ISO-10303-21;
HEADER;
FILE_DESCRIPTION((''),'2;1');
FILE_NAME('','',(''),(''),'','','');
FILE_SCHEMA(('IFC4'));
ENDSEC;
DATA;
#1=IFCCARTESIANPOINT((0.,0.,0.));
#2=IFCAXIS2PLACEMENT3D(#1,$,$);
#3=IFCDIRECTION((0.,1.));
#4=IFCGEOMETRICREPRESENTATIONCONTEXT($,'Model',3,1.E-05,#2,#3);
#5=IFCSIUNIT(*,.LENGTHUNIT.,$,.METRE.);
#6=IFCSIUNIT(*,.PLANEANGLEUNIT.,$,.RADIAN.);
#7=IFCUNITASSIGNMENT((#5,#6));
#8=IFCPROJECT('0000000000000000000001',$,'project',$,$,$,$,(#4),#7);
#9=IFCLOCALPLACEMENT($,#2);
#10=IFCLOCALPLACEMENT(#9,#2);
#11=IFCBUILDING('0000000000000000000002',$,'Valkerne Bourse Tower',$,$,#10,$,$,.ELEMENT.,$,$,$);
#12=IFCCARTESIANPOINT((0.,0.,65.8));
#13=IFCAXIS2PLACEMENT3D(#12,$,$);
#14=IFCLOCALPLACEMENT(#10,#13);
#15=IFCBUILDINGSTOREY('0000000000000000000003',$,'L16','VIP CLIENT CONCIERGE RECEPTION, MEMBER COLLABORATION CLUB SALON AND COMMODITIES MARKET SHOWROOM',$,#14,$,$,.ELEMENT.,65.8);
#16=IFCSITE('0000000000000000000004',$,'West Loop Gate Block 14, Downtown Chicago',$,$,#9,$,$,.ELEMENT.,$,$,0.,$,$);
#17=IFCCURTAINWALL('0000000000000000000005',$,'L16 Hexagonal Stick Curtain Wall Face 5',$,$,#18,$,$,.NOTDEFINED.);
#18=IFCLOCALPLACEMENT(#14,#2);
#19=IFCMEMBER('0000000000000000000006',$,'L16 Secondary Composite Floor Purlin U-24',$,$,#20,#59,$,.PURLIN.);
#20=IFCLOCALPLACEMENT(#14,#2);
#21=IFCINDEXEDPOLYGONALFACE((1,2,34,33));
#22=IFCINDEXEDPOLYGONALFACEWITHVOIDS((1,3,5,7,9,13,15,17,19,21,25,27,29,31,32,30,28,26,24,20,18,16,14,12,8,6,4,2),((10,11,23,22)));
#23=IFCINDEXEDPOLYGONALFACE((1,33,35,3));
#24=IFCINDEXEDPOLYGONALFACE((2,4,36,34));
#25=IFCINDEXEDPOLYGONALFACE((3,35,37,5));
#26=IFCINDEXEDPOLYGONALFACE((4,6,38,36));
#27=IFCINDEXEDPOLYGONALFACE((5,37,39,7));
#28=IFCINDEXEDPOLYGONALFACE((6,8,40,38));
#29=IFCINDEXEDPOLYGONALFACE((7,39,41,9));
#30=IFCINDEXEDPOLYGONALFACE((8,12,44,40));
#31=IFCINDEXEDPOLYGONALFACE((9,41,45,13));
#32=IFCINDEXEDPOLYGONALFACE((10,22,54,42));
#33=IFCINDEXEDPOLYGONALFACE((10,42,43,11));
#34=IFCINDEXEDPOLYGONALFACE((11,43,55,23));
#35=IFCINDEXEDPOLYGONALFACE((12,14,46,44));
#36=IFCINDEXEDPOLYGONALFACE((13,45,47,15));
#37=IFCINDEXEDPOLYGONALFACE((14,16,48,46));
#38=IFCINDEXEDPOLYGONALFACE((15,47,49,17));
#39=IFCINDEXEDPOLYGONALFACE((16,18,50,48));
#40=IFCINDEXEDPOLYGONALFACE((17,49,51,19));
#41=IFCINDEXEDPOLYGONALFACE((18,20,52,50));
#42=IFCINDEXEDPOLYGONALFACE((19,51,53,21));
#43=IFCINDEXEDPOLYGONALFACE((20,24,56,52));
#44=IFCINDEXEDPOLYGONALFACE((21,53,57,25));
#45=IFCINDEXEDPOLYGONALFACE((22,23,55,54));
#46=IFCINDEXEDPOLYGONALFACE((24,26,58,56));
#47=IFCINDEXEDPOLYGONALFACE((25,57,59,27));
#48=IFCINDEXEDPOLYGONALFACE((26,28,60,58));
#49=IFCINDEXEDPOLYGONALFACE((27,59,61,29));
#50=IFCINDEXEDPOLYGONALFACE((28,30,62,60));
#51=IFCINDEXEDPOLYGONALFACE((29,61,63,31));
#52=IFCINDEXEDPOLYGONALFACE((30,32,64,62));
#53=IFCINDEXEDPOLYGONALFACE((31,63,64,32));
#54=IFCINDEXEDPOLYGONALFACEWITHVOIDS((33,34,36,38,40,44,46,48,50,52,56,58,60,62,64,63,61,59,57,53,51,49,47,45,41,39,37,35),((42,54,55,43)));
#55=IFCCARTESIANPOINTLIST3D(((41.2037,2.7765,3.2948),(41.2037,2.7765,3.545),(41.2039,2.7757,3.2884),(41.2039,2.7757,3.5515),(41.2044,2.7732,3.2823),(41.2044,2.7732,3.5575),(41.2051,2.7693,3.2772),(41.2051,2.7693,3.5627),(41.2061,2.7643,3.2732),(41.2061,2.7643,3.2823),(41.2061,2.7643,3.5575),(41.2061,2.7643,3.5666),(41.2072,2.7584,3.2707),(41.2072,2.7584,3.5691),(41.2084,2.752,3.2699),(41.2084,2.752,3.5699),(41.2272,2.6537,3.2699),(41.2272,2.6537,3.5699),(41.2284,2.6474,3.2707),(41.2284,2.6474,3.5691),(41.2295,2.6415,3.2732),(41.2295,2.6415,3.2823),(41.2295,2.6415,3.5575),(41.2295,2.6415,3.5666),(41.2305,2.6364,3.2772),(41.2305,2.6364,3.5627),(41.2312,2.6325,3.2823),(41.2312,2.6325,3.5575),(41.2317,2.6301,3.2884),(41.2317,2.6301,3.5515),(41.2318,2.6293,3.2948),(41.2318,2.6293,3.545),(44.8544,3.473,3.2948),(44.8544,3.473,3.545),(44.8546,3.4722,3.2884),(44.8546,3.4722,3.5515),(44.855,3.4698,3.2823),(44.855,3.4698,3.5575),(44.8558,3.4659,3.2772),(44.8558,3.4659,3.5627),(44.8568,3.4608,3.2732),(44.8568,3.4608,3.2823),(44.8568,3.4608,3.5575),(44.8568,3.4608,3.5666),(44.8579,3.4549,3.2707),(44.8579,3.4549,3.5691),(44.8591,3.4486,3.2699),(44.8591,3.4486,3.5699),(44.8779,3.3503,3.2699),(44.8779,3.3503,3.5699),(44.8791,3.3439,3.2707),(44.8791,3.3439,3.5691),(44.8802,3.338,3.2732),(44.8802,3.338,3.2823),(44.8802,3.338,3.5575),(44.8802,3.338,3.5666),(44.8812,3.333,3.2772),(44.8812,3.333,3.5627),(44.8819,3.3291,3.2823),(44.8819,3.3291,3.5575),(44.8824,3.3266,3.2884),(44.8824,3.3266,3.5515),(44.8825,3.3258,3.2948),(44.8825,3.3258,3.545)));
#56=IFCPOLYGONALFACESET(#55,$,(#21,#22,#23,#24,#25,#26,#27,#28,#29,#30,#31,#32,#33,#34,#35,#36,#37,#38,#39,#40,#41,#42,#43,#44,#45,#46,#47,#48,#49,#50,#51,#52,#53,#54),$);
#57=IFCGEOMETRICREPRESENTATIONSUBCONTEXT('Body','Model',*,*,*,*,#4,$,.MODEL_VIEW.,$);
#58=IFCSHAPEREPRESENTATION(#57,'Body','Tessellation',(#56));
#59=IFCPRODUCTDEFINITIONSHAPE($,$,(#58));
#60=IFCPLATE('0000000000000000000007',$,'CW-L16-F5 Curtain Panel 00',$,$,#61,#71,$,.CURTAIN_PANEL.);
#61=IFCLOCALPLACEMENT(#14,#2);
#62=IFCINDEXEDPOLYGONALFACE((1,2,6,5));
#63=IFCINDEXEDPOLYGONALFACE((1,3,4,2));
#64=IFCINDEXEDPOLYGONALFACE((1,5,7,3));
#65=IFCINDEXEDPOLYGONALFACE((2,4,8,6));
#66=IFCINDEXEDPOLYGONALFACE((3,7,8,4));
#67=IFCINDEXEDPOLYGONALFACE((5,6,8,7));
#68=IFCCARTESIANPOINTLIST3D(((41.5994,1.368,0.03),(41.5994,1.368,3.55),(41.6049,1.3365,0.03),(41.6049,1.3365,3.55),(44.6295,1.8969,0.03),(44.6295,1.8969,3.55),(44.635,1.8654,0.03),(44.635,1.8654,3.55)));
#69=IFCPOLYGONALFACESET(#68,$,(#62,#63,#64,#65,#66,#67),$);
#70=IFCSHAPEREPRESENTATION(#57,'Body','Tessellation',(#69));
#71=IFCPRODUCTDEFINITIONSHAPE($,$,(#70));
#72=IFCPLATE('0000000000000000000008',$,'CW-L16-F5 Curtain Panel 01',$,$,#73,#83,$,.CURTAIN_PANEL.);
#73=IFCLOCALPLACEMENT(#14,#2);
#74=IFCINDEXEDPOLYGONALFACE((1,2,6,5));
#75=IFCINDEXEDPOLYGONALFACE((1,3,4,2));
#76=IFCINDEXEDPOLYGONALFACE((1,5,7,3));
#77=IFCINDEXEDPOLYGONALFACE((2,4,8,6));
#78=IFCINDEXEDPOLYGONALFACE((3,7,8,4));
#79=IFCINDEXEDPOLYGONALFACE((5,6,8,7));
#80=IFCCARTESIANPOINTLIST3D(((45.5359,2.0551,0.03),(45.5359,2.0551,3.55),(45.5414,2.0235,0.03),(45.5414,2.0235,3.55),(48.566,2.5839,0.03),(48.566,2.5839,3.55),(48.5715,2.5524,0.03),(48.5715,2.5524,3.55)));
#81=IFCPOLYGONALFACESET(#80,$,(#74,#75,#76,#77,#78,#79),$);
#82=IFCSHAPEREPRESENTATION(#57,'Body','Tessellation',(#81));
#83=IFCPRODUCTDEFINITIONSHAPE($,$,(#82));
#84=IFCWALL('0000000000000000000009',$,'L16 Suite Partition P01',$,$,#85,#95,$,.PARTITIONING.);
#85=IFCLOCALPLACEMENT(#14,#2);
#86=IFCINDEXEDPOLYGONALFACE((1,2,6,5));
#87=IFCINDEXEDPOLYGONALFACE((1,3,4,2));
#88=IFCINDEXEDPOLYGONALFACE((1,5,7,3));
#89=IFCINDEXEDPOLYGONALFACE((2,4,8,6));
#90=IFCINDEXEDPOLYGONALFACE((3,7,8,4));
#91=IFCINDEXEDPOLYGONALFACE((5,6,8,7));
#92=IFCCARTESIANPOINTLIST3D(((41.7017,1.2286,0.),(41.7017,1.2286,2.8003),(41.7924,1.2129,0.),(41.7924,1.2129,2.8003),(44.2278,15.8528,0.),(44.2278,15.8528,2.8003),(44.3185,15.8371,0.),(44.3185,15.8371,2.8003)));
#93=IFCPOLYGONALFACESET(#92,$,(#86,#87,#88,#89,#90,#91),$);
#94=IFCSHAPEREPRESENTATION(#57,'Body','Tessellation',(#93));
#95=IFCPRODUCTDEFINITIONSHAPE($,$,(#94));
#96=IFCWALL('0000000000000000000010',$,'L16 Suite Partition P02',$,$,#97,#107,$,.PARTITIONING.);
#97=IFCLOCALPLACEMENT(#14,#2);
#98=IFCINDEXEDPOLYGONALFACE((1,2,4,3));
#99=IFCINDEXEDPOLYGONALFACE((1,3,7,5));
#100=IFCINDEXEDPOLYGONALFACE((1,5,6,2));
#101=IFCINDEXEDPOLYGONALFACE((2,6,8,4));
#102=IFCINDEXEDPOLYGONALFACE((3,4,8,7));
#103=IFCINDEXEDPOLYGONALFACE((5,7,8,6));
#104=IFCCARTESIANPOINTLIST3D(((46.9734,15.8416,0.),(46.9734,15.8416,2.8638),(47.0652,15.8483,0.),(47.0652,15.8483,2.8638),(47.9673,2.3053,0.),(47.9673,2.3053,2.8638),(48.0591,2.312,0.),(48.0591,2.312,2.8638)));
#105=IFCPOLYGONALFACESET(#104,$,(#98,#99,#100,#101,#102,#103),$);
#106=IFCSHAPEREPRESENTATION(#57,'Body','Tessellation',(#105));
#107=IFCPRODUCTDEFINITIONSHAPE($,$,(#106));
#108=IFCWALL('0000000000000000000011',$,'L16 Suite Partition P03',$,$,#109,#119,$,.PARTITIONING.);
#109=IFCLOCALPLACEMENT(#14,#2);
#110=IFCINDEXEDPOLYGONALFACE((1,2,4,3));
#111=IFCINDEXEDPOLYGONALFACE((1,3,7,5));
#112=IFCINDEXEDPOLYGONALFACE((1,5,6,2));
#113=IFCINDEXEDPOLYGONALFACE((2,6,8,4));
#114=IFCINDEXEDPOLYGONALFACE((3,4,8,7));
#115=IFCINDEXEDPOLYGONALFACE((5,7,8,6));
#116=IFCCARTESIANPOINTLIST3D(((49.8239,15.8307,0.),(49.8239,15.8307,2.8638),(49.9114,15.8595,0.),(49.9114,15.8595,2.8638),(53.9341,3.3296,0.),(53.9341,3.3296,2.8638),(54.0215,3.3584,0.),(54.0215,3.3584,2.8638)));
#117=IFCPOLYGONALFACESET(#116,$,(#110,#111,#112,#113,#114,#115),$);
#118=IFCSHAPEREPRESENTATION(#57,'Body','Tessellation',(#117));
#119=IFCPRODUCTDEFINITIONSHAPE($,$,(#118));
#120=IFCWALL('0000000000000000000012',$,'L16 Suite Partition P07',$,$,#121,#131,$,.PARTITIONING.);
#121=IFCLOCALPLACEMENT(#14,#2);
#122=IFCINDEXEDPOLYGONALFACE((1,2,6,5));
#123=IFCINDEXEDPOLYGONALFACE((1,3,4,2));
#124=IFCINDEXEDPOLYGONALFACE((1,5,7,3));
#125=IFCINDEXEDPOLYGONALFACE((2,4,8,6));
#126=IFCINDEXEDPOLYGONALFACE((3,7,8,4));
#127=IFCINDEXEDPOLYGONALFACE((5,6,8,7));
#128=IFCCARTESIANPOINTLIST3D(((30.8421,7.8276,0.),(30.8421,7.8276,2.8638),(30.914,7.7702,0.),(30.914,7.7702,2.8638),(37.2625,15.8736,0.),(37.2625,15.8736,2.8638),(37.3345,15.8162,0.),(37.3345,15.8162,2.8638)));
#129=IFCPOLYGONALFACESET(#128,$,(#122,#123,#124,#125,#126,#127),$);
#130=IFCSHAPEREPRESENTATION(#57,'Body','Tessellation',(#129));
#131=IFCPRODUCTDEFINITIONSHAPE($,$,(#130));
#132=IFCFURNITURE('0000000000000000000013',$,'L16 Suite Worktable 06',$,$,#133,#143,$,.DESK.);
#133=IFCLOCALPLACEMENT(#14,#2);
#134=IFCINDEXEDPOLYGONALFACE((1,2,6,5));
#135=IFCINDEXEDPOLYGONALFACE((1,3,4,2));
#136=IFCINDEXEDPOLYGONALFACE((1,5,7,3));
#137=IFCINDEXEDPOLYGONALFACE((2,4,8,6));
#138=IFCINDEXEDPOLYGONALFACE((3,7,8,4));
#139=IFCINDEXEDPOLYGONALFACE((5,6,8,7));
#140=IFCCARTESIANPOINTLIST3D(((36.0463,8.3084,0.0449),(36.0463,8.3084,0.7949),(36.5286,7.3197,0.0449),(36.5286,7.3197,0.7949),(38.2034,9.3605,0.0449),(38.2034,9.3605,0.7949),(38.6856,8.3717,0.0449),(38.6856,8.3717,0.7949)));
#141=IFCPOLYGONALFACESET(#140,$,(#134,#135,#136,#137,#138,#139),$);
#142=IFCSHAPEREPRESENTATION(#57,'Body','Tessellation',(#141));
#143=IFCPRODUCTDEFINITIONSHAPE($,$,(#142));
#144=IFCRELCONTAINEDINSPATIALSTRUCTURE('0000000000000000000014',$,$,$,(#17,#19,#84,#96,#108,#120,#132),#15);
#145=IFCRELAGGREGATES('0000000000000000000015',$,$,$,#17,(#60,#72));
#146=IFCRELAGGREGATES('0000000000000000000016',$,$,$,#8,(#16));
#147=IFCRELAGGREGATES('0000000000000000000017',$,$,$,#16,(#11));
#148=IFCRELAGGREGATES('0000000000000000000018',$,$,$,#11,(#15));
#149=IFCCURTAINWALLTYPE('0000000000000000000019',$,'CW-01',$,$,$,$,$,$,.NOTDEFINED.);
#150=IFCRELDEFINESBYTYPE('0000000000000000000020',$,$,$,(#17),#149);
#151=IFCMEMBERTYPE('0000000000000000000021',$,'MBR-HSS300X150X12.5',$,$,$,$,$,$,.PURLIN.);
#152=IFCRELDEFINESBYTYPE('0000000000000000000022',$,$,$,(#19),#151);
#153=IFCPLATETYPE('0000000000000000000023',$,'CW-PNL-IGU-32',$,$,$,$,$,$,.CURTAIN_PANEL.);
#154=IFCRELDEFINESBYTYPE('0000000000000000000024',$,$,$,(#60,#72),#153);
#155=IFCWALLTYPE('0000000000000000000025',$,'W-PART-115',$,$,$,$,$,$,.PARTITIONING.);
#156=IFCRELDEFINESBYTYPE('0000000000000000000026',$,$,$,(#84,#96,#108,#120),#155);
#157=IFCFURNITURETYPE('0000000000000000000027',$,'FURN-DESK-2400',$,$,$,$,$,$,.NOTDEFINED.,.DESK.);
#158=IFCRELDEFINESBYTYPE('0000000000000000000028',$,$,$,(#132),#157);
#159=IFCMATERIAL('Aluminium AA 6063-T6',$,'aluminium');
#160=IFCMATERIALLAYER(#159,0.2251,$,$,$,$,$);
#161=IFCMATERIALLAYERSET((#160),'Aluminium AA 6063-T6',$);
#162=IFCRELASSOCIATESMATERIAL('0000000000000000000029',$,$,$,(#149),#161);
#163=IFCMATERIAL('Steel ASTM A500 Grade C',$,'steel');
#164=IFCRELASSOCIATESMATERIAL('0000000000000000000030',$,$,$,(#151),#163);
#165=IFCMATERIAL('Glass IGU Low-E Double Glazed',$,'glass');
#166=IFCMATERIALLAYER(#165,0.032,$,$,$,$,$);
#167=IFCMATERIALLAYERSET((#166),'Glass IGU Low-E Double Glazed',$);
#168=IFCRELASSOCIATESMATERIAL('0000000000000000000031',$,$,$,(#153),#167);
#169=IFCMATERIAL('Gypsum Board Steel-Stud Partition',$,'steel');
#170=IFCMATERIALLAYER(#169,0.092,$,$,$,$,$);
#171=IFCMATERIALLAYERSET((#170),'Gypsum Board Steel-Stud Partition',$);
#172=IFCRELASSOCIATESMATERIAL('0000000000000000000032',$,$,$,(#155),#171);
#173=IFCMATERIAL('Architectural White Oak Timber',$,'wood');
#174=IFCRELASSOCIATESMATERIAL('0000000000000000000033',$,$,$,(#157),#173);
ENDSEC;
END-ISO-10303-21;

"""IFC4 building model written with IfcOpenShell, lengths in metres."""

from ifc_helpers import new_model, si_unit, direction, frame, frame_2d, origin, origin_2d, place, context, subcontext, project, spatial, rectangle, hollow_rectangle, extrude, material, layer, layer_set, material_profile, profile_set, type_object, element, aggregate, save


model = new_model("IFC4")

# Units and contexts
model_context = context("Model", 3, precision=1e-05, world=origin(), true_north=direction((0.0, 1.0)))
body_context = subcontext(model_context, "Body", "Model", "MODEL_VIEW")
ifc_project = project(units=[si_unit("LENGTHUNIT", "METRE"), si_unit("PLANEANGLEUNIT", "RADIAN")], contexts=[model_context])

# Site, building, storey
site_placement = place(None, origin())
site = spatial("IfcSite", under=ifc_project, at=site_placement, Name="West Loop Gate Block 14, Downtown Chicago", CompositionType="ELEMENT", RefElevation=0.0)
building_placement = place(site_placement, origin())
building = spatial("IfcBuilding", under=site, at=building_placement, Name="Valkerne Bourse Tower", CompositionType="ELEMENT")
storey_placement = place(building_placement, frame((0.0, 0.0, 65.8)))
storey = spatial("IfcBuildingStorey", under=building, at=storey_placement, Name="L16", Description="VIP CLIENT CONCIERGE RECEPTION, MEMBER COLLABORATION CLUB SALON AND COMMODITIES MARKET SHOWROOM", CompositionType="ELEMENT", Elevation=65.8)

# Curtain wall
ifc_material_1 = material(Name="Aluminium AA 6063-T6", Category="aluminium")
ifc_layer_1 = layer(ifc_material_1, 0.2251)
ifc_layer_set_1 = layer_set([ifc_layer_1], Name="Aluminium AA 6063-T6")
curtain_wall_type = type_object("IfcCurtainWallType", Name="CW-01", PredefinedType="NOTDEFINED", material=ifc_layer_set_1)
curtain_wall_placement = place(storey_placement, origin())
curtain_wall = element("IfcCurtainWall", 1, at=curtain_wall_placement, inside=storey, type_object=curtain_wall_type, Name="L16 Hexagonal Stick Curtain Wall Face 5", PredefinedType="NOTDEFINED")

# Member
ifc_material_2 = material(Name="Steel ASTM A500 Grade C", Category="steel")
ifc_material_profile_1 = material_profile(ifc_material_2, hollow_rectangle(XDim=0.1499, YDim=0.3, WallThickness=0.0125, OuterFilletRadius=0.0249, at=origin_2d()), Name="HSS300X150X12.5")
ifc_profile_set_1 = profile_set([ifc_material_profile_1], Name="Steel ASTM A500 Grade C")
member_type_1 = type_object("IfcMemberType", Name="MBR-HSS300X150X12.5", PredefinedType="PURLIN", material=ifc_profile_set_1)
member_1_placement = place(storey_placement, frame((41.2178, 2.7029, 3.4199), z_axis=(0.98228, 0.187417, 0.0), x_axis=(-0.187417, 0.98228, 0.0)))
element("IfcMember", 2, at=member_1_placement, inside=storey, type_object=member_type_1, Name="L16 Secondary Composite Floor Purlin U-24", PredefinedType="PURLIN", context=body_context, shape_type="SweptSolid", body=[
    extrude(hollow_rectangle(XDim=0.1499, YDim=0.3, WallThickness=0.0125, OuterFilletRadius=0.0249, at=origin_2d()), origin(), (0.0, 0.0, 1.0), 3.7166),
])

# Plates
ifc_material_3 = material(Name="Glass IGU Low-E Double Glazed", Category="glass")
ifc_layer_2 = layer(ifc_material_3, 0.032)
ifc_layer_set_2 = layer_set([ifc_layer_2], Name="Glass IGU Low-E Double Glazed")
plate_type = type_object("IfcPlateType", Name="CW-PNL-IGU-32", PredefinedType="CURTAIN_PANEL", material=ifc_layer_set_2)
plate_1_placement = place(storey_placement, frame((43.1172, 1.6167, 0.03), z_axis=(0.0, 0.0, 1.0), x_axis=(0.985111, 0.171922, 0.0)))
plate_1 = element("IfcPlate", 3, at=plate_1_placement, type_object=plate_type, Name="CW-L16-F5 Curtain Panel 00", PredefinedType="CURTAIN_PANEL", context=body_context, shape_type="SweptSolid", body=[
    extrude(rectangle(XDim=3.0759, YDim=0.032, at=origin_2d()), origin(), (0.0, 0.0, 1.0), 3.52),
])
plate_2_placement = place(storey_placement, frame((47.0537, 2.3037, 0.03), z_axis=(0.0, 0.0, 1.0), x_axis=(0.985111, 0.171922, 0.0)))
plate_2 = element("IfcPlate", 4, at=plate_2_placement, type_object=plate_type, Name="CW-L16-F5 Curtain Panel 01", PredefinedType="CURTAIN_PANEL", context=body_context, shape_type="SweptSolid", body=[
    extrude(rectangle(XDim=3.0759, YDim=0.032, at=origin_2d()), origin(), (0.0, 0.0, 1.0), 3.52),
])
aggregate(curtain_wall, [plate_1, plate_2])

# Walls
ifc_material_4 = material(Name="Gypsum Board Steel-Stud Partition", Category="steel")
ifc_layer_3 = layer(ifc_material_4, 0.092)
ifc_layer_set_3 = layer_set([ifc_layer_3], Name="Gypsum Board Steel-Stud Partition")
wall_type = type_object("IfcWallType", Name="W-PART-115", PredefinedType="PARTITIONING", material=ifc_layer_set_3)
wall_1_placement = place(storey_placement, frame((44.2732, 15.845, 0.0), z_axis=(0.0, 0.0, 1.0), x_axis=(-0.170214, -0.985407, 0.0)))
element("IfcWall", 5, at=wall_1_placement, inside=storey, type_object=wall_type, Name="L16 Suite Partition P01", PredefinedType="PARTITIONING", context=body_context, shape_type="SweptSolid", body=[
    extrude(rectangle(XDim=14.8408, YDim=0.092, at=frame_2d((7.4204, 0.0))), origin(), (0.0, 0.0, 1.0), 2.8003),
])
wall_2_placement = place(storey_placement, frame((47.0193, 15.845, 0.0), z_axis=(0.0, 0.0, 1.0), x_axis=(0.073227, -0.997315, 0.0)))
element("IfcWall", 6, at=wall_2_placement, inside=storey, type_object=wall_type, Name="L16 Suite Partition P02", PredefinedType="PARTITIONING", context=body_context, shape_type="SweptSolid", body=[
    extrude(rectangle(XDim=13.5728, YDim=0.092, at=frame_2d((6.7864, 0.0))), origin(), (0.0, 0.0, 1.0), 2.8638),
])
wall_3_placement = place(storey_placement, frame((49.8677, 15.845, 0.0), z_axis=(0.0, 0.0, 1.0), x_axis=(0.312335, -0.949972, 0.0)))
element("IfcWall", 7, at=wall_3_placement, inside=storey, type_object=wall_type, Name="L16 Suite Partition P03", PredefinedType="PARTITIONING", context=body_context, shape_type="SweptSolid", body=[
    extrude(rectangle(XDim=13.1594, YDim=0.092, at=frame_2d((6.5796, 0.0))), origin(), (0.0, 0.0, 1.0), 2.8638),
])
wall_4_placement = place(storey_placement, frame((37.2986, 15.845, 0.0), z_axis=(0.0, 0.0, 1.0), x_axis=(-0.623729, -0.781641, 0.0)))
element("IfcWall", 8, at=wall_4_placement, inside=storey, type_object=wall_type, Name="L16 Suite Partition P07", PredefinedType="PARTITIONING", context=body_context, shape_type="SweptSolid", body=[
    extrude(rectangle(XDim=10.2937, YDim=0.092, at=frame_2d((5.147, 0.0))), origin(), (0.0, 0.0, 1.0), 2.8638),
])

# Furniture
ifc_material_5 = material(Name="Architectural White Oak Timber", Category="wood")
furniture_type = type_object("IfcFurnitureType", Name="FURN-DESK-2400", AssemblyPlace="NOTDEFINED", PredefinedType="DESK", material=ifc_material_5)
furniture_placement = place(storey_placement, frame((37.366, 8.3401, 0.0449), z_axis=(0.0, 0.0, 1.0), x_axis=(0.898794, 0.438371, 0.0)))
element("IfcFurniture", 9, at=furniture_placement, inside=storey, type_object=furniture_type, Name="L16 Suite Worktable 06", PredefinedType="DESK", context=body_context, shape_type="SweptSolid", body=[
    extrude(rectangle(XDim=2.3999, YDim=1.1001, at=origin_2d()), origin(), (0.0, 0.0, 1.0), 0.75),
])

save(model, "model.ifc")
